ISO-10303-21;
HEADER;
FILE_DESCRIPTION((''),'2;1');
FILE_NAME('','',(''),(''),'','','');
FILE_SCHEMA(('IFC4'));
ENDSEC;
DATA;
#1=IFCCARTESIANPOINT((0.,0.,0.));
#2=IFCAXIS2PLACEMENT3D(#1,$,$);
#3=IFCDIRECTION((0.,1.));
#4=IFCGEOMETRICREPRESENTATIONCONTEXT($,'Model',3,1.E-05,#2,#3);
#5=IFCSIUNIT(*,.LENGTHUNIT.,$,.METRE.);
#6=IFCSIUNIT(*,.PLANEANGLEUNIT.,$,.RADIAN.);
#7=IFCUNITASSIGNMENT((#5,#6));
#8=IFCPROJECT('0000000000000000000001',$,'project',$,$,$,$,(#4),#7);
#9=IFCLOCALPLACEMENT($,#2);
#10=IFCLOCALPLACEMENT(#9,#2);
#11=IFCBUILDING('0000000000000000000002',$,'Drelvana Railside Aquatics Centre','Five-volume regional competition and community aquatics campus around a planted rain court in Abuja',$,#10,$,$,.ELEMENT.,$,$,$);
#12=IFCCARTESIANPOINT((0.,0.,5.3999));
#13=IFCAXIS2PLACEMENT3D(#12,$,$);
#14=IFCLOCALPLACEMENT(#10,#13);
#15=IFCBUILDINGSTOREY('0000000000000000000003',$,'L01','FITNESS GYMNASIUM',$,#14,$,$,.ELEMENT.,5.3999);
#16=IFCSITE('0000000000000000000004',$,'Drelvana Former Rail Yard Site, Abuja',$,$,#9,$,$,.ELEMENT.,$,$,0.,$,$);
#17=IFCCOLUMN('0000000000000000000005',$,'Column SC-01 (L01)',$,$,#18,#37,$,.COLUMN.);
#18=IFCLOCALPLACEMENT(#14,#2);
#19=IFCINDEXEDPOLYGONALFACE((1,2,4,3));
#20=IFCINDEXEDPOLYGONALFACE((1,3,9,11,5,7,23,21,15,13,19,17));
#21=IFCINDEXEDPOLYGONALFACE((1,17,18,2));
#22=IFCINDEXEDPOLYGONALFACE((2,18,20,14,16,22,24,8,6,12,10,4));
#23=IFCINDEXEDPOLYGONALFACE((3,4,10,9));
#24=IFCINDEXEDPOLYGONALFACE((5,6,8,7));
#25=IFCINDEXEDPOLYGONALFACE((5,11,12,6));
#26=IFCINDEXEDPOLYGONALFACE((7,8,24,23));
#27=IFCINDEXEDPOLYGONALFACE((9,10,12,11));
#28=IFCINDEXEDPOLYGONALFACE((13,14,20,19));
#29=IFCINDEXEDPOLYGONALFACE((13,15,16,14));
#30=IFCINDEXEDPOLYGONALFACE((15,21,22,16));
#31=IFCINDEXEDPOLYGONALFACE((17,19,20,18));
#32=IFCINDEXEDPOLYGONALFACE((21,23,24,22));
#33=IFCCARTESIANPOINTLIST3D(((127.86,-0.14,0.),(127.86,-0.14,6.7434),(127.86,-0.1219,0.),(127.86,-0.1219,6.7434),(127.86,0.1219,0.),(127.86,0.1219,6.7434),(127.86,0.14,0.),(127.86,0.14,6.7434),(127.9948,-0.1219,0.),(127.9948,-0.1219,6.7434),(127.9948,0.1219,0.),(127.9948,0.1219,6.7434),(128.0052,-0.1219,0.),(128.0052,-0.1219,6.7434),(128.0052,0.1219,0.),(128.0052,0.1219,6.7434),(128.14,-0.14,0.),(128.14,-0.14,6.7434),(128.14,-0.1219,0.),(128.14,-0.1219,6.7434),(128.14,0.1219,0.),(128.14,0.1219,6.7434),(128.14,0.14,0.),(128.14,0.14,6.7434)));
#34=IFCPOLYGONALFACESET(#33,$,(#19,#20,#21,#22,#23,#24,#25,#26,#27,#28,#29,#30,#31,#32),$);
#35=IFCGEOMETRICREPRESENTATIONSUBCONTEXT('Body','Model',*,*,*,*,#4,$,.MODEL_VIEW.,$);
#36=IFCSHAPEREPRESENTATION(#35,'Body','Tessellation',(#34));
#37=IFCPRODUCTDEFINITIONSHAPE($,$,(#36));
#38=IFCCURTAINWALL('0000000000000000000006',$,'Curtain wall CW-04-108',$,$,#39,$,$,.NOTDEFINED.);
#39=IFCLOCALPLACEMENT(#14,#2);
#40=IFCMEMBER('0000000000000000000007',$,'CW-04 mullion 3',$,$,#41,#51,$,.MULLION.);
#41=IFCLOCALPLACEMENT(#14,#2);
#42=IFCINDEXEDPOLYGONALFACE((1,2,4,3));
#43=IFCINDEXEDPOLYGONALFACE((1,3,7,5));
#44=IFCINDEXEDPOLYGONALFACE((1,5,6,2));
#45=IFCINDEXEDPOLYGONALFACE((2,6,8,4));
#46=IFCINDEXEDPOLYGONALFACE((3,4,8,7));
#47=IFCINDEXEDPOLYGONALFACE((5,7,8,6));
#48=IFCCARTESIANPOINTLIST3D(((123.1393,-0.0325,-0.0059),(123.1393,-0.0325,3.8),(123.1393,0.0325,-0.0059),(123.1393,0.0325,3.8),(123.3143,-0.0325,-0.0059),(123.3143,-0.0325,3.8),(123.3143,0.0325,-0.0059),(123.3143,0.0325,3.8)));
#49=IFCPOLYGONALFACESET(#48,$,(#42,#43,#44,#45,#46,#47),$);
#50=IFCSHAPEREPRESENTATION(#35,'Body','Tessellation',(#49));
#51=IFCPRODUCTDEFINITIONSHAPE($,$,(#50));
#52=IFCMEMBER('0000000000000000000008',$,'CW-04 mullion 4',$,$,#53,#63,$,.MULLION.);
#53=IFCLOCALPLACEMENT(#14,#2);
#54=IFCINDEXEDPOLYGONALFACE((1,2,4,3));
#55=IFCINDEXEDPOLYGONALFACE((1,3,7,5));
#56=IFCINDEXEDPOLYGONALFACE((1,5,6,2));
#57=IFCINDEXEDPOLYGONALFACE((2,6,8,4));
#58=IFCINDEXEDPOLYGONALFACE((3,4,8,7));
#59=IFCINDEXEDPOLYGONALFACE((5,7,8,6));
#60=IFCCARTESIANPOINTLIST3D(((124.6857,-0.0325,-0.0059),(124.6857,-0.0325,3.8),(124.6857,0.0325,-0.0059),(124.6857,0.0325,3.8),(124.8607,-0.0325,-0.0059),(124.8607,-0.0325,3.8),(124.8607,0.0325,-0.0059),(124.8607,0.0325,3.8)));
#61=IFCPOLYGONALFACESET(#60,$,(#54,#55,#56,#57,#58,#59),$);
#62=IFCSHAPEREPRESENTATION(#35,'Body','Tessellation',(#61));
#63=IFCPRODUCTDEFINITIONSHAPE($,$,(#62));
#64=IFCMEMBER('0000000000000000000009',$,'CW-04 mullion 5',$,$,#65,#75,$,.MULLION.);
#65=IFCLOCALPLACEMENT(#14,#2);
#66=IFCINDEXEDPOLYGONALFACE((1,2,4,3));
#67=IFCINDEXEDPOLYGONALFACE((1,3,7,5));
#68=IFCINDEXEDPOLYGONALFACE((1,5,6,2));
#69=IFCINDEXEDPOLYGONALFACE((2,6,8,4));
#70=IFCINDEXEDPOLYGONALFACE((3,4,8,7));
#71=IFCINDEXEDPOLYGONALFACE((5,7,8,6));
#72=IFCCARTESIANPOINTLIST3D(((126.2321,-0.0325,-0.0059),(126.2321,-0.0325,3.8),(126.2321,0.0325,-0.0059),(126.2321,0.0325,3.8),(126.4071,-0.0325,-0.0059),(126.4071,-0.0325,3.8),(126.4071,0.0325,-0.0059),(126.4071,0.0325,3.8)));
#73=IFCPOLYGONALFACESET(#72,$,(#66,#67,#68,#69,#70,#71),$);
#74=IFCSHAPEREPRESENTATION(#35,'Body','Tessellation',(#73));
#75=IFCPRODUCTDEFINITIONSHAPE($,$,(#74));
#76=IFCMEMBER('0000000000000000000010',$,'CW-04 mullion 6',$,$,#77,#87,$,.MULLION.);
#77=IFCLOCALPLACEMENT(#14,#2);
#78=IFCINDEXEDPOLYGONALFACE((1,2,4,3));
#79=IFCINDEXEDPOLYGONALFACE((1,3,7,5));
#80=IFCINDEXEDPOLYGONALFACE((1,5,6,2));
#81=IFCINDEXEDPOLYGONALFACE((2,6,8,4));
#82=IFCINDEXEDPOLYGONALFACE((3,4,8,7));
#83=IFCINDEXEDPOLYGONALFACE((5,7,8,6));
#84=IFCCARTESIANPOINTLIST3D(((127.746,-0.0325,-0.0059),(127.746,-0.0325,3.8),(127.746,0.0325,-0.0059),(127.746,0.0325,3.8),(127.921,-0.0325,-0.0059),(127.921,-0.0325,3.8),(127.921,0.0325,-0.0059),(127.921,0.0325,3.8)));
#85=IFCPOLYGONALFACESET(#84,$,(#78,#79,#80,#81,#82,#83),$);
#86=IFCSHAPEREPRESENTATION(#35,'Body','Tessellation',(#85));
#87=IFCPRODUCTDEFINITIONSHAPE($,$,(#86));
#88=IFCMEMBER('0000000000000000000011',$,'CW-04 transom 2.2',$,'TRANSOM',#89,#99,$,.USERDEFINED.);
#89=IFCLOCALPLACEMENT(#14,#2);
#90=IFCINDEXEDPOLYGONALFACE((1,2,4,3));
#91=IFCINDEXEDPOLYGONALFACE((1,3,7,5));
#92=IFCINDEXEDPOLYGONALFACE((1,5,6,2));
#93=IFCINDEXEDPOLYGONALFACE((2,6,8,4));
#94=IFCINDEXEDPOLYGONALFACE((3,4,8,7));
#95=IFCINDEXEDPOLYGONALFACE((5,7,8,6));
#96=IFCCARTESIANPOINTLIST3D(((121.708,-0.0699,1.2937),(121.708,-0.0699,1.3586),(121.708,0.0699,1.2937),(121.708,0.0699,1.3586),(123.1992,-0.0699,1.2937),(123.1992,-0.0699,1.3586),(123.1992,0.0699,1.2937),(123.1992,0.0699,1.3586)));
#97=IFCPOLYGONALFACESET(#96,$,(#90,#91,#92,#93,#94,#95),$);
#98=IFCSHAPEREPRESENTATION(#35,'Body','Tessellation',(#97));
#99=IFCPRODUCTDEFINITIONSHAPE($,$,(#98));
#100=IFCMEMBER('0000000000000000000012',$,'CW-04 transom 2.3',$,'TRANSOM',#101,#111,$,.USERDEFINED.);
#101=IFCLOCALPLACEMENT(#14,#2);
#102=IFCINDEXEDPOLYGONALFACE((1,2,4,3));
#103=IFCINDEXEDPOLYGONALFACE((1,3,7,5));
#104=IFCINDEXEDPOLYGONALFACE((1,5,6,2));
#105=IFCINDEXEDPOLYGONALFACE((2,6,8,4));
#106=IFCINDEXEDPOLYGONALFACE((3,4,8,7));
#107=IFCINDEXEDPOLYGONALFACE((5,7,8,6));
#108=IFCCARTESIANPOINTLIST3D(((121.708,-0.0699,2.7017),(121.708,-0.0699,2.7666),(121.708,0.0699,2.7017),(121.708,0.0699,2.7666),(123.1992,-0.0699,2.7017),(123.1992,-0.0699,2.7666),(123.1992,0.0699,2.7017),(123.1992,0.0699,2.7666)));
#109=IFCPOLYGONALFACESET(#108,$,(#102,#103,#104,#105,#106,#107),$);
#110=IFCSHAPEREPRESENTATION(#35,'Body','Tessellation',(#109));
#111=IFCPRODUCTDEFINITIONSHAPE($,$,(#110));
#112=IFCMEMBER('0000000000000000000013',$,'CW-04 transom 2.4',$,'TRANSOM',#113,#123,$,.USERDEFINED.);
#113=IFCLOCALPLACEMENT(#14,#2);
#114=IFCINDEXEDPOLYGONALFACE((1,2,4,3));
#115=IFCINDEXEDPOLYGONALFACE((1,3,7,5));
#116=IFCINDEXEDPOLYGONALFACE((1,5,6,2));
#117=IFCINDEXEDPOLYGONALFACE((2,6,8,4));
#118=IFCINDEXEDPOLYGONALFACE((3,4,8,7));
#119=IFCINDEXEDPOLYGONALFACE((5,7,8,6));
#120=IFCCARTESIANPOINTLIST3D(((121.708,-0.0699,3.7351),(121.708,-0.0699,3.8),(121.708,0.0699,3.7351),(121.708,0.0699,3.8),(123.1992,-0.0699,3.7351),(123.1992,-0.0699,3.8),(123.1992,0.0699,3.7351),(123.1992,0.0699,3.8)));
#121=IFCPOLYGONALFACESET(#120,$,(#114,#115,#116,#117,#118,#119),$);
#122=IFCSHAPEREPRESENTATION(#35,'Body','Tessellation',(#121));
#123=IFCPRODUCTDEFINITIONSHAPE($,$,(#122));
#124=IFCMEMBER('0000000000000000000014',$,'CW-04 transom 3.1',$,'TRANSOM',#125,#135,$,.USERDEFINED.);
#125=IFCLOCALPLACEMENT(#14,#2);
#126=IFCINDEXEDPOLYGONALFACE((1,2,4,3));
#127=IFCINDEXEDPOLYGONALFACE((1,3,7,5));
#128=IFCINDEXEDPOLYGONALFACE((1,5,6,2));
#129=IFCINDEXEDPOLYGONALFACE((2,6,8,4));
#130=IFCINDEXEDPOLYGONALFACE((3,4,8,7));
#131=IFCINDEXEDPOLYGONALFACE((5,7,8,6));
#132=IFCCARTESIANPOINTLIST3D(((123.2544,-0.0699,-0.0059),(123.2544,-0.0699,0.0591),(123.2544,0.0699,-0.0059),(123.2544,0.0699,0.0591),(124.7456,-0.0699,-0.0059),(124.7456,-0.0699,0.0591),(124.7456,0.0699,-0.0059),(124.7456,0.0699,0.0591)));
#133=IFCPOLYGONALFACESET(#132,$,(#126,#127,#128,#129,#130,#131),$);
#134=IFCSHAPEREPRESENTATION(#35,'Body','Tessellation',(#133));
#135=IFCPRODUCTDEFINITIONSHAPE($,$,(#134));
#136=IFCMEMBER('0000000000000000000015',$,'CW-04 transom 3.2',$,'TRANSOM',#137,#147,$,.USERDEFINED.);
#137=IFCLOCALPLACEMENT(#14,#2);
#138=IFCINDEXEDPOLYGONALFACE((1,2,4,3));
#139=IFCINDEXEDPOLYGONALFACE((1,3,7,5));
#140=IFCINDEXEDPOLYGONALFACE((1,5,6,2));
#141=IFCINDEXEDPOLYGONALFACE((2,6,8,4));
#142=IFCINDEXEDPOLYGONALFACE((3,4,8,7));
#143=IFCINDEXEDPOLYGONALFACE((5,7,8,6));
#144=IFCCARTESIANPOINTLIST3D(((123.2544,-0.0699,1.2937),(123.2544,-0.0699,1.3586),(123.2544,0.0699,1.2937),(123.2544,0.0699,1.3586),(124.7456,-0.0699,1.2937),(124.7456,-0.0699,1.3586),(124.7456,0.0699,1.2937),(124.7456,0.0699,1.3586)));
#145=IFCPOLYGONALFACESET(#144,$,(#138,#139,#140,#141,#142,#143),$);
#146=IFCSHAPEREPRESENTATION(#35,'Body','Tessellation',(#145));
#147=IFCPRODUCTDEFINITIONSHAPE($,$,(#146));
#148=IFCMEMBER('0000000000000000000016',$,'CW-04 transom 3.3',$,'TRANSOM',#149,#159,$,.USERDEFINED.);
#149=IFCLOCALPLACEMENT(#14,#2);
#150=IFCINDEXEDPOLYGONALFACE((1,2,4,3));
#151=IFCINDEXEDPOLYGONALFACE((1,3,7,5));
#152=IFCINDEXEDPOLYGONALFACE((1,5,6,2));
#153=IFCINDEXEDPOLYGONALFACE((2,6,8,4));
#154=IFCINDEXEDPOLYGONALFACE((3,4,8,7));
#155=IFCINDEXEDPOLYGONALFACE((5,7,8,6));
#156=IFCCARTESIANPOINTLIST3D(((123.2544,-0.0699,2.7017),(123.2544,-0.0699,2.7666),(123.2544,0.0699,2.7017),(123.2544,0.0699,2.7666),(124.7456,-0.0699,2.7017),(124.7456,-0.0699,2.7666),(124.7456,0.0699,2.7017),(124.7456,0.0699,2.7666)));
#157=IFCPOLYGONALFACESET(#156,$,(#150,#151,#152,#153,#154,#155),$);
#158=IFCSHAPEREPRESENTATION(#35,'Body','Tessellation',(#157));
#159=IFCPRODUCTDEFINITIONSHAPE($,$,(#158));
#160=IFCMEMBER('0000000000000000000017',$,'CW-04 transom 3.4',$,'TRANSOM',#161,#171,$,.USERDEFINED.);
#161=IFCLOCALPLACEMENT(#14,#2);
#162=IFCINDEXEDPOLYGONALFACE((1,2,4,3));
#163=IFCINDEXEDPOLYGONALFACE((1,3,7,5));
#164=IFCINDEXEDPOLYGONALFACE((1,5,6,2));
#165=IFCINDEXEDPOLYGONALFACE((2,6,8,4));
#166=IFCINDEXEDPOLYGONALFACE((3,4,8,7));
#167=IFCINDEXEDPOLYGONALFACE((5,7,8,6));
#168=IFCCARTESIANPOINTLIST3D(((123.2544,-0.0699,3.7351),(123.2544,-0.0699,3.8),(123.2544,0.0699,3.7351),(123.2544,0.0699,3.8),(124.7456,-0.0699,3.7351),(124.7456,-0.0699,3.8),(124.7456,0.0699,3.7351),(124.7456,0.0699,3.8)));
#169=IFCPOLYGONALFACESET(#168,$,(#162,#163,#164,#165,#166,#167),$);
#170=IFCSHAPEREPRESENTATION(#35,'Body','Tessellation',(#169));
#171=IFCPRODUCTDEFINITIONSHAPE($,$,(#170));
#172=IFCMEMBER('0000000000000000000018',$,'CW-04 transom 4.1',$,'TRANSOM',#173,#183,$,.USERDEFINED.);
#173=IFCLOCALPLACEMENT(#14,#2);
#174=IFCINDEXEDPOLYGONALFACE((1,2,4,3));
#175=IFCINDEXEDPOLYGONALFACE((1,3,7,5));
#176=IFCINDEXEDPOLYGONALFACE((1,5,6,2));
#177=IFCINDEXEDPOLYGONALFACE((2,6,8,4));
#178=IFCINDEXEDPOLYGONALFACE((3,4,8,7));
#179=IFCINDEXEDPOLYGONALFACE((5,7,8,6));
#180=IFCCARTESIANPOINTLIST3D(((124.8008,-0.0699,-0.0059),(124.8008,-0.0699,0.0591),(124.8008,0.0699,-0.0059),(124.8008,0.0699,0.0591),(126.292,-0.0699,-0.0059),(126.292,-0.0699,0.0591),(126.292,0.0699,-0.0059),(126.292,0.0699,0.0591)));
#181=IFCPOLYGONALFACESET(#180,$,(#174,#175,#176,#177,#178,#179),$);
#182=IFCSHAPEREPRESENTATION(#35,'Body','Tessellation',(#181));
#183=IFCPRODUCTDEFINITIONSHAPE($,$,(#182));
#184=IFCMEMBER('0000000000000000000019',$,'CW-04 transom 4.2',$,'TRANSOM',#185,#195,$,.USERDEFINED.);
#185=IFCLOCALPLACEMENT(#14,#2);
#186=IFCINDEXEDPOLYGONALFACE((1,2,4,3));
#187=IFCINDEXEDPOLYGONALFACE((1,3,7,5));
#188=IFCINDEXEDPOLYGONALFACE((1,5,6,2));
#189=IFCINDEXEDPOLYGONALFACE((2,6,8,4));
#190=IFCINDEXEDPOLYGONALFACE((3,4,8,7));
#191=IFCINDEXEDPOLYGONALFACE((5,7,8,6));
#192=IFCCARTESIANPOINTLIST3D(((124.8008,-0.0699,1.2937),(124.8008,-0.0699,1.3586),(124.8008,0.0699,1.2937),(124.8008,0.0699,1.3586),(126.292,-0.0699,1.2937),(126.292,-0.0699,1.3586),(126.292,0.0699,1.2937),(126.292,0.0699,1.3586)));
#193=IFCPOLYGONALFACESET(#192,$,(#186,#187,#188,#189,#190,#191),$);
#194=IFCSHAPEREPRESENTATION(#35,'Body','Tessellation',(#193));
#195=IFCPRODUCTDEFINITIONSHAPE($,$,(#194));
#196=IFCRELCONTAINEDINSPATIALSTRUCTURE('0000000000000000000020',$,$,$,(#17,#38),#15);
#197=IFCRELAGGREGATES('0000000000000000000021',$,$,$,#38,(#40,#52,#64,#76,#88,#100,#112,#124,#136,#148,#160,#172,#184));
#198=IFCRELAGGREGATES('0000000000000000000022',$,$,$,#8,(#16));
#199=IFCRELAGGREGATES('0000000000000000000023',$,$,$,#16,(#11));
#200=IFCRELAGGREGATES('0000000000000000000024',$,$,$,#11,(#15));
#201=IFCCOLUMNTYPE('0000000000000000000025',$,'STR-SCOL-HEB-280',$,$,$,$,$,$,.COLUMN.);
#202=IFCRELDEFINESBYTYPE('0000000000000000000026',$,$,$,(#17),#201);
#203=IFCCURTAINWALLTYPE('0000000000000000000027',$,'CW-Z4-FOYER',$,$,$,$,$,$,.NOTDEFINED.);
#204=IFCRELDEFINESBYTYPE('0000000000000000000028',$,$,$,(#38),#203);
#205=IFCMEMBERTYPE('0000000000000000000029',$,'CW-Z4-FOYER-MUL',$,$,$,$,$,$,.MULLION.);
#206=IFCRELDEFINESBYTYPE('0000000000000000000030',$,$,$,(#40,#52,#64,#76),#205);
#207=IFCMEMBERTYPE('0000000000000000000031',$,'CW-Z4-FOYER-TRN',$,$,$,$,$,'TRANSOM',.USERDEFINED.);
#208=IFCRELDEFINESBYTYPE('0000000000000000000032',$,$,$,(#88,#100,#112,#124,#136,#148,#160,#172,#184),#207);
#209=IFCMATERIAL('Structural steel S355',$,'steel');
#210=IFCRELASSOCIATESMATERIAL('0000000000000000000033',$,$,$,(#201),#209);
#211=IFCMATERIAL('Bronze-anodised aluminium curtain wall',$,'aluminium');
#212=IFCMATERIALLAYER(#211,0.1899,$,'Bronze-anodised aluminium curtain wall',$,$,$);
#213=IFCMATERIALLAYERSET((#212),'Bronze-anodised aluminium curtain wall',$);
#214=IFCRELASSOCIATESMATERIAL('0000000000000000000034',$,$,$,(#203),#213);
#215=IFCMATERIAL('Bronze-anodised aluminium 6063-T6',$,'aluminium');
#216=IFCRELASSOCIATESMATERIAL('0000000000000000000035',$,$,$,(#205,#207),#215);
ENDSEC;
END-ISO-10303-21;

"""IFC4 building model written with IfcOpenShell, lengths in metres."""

from ifc_helpers import new_model, si_unit, direction, frame, origin, origin_2d, place, context, subcontext, project, spatial, rectangle, i_section, extrude, material, layer, layer_set, material_profile, profile_set, type_object, element, aggregate, save


model = new_model("IFC4")

# Units and contexts
model_context = context("Model", 3, precision=1e-05, world=origin(), true_north=direction((0.0, 1.0)))
body_context = subcontext(model_context, "Body", "Model", "MODEL_VIEW")
ifc_project = project(units=[si_unit("LENGTHUNIT", "METRE"), si_unit("PLANEANGLEUNIT", "RADIAN")], contexts=[model_context])

# Site, building, storey
site_placement = place(None, origin())
site = spatial("IfcSite", under=ifc_project, at=site_placement, Name="Drelvana Former Rail Yard Site, Abuja", CompositionType="ELEMENT", RefElevation=0.0)
building_placement = place(site_placement, origin())
building = spatial("IfcBuilding", under=site, at=building_placement, Name="Drelvana Railside Aquatics Centre", Description="Five-volume regional competition and community aquatics campus around a planted rain court in Abuja", CompositionType="ELEMENT")
storey_placement = place(building_placement, frame((0.0, 0.0, 5.3999)))
storey = spatial("IfcBuildingStorey", under=building, at=storey_placement, Name="L01", Description="FITNESS GYMNASIUM", CompositionType="ELEMENT", Elevation=5.3999)

# Column
ifc_material_1 = material(Name="Structural steel S355", Category="steel")
ifc_material_profile_1 = material_profile(ifc_material_1, i_section(OverallWidth=0.28, OverallDepth=0.28, WebThickness=0.0105, FlangeThickness=0.0181, at=origin_2d()), Name="HEB 280")
ifc_profile_set_1 = profile_set([ifc_material_profile_1], Name="Structural steel S355")
column_type = type_object("IfcColumnType", Name="STR-SCOL-HEB-280", PredefinedType="COLUMN", material=ifc_profile_set_1)
column_placement = place(storey_placement, frame((128.0, 0.0, 0.0), z_axis=(0.0, 0.0, 1.0), x_axis=(1.0, 0.0, 0.0)))
element("IfcColumn", 1, at=column_placement, inside=storey, type_object=column_type, Name="Column SC-01 (L01)", PredefinedType="COLUMN", context=body_context, shape_type="SweptSolid", body=[
    extrude(i_section(OverallWidth=0.28, OverallDepth=0.28, WebThickness=0.0105, FlangeThickness=0.0181, at=origin_2d()), origin(), (0.0, 0.0, 1.0), 6.7434),
])

# Curtain wall, members
ifc_material_2 = material(Name="Bronze-anodised aluminium curtain wall", Category="aluminium")
ifc_layer_1 = layer(ifc_material_2, 0.1899, Name="Bronze-anodised aluminium curtain wall")
ifc_layer_set_1 = layer_set([ifc_layer_1], Name="Bronze-anodised aluminium curtain wall")
curtain_wall_type = type_object("IfcCurtainWallType", Name="CW-Z4-FOYER", PredefinedType="NOTDEFINED", material=ifc_layer_set_1)
curtain_wall_placement = place(storey_placement, origin())
curtain_wall = element("IfcCurtainWall", 2, at=curtain_wall_placement, inside=storey, type_object=curtain_wall_type, Name="Curtain wall CW-04-108", PredefinedType="NOTDEFINED")
ifc_material_3 = material(Name="Bronze-anodised aluminium 6063-T6", Category="aluminium")
ifc_material_profile_2 = material_profile(ifc_material_3, rectangle(XDim=0.0649, YDim=0.175, at=origin_2d()), Name="ALU-M 65x175")
ifc_profile_set_2 = profile_set([ifc_material_profile_2], Name="Bronze-anodised aluminium 6063-T6")
member_type_1 = type_object("IfcMemberType", Name="CW-Z4-FOYER-MUL", PredefinedType="MULLION", material=ifc_profile_set_2)
member_1_placement = place(storey_placement, frame((123.2268, 0.0, -0.0059), z_axis=(0.0, 0.0, 1.0), x_axis=(0.0, 1.0, 0.0)))
member_1 = element("IfcMember", 3, at=member_1_placement, type_object=member_type_1, Name="CW-04 mullion 3", PredefinedType="MULLION", context=body_context, shape_type="SweptSolid", body=[
    extrude(rectangle(XDim=0.0649, YDim=0.175, at=origin_2d()), origin(), (0.0, 0.0, 1.0), 3.8059),
])
member_2_placement = place(storey_placement, frame((124.7732, 0.0, -0.0059), z_axis=(0.0, 0.0, 1.0), x_axis=(0.0, 1.0, 0.0)))
member_2 = element("IfcMember", 4, at=member_2_placement, type_object=member_type_1, Name="CW-04 mullion 4", PredefinedType="MULLION", context=body_context, shape_type="SweptSolid", body=[
    extrude(rectangle(XDim=0.0649, YDim=0.175, at=origin_2d()), origin(), (0.0, 0.0, 1.0), 3.8059),
])
member_3_placement = place(storey_placement, frame((126.3196, 0.0, -0.0059), z_axis=(0.0, 0.0, 1.0), x_axis=(0.0, 1.0, 0.0)))
member_3 = element("IfcMember", 5, at=member_3_placement, type_object=member_type_1, Name="CW-04 mullion 5", PredefinedType="MULLION", context=body_context, shape_type="SweptSolid", body=[
    extrude(rectangle(XDim=0.0649, YDim=0.175, at=origin_2d()), origin(), (0.0, 0.0, 1.0), 3.8059),
])
member_4_placement = place(storey_placement, frame((127.8335, 0.0, -0.0059), z_axis=(0.0, 0.0, 1.0), x_axis=(0.0, 1.0, 0.0)))
member_4 = element("IfcMember", 6, at=member_4_placement, type_object=member_type_1, Name="CW-04 mullion 6", PredefinedType="MULLION", context=body_context, shape_type="SweptSolid", body=[
    extrude(rectangle(XDim=0.0649, YDim=0.175, at=origin_2d()), origin(), (0.0, 0.0, 1.0), 3.8059),
])
ifc_material_profile_3 = material_profile(ifc_material_3, rectangle(XDim=0.1399, YDim=0.0649, at=origin_2d()), Name="ALU-T 65x140")
ifc_profile_set_3 = profile_set([ifc_material_profile_3], Name="Bronze-anodised aluminium 6063-T6")
member_type_2 = type_object("IfcMemberType", Name="CW-Z4-FOYER-TRN", ElementType="TRANSOM", PredefinedType="USERDEFINED", material=ifc_profile_set_3)
member_5_placement = place(storey_placement, frame((121.708, 0.0, 1.3262), z_axis=(1.0, 0.0, 0.0), x_axis=(0.0, 1.0, 0.0)))
member_5 = element("IfcMember", 7, at=member_5_placement, type_object=member_type_2, Name="CW-04 transom 2.2", ObjectType="TRANSOM", PredefinedType="USERDEFINED", context=body_context, shape_type="SweptSolid", body=[
    extrude(rectangle(XDim=0.1399, YDim=0.0649, at=origin_2d()), origin(), (0.0, 0.0, 1.0), 1.4912),
])
member_6_placement = place(storey_placement, frame((121.708, 0.0, 2.7341), z_axis=(1.0, 0.0, 0.0), x_axis=(0.0, 1.0, 0.0)))
member_6 = element("IfcMember", 8, at=member_6_placement, type_object=member_type_2, Name="CW-04 transom 2.3", ObjectType="TRANSOM", PredefinedType="USERDEFINED", context=body_context, shape_type="SweptSolid", body=[
    extrude(rectangle(XDim=0.1399, YDim=0.0649, at=origin_2d()), origin(), (0.0, 0.0, 1.0), 1.4912),
])
member_7_placement = place(storey_placement, frame((121.708, 0.0, 3.7676), z_axis=(1.0, 0.0, 0.0), x_axis=(0.0, 1.0, 0.0)))
member_7 = element("IfcMember", 9, at=member_7_placement, type_object=member_type_2, Name="CW-04 transom 2.4", ObjectType="TRANSOM", PredefinedType="USERDEFINED", context=body_context, shape_type="SweptSolid", body=[
    extrude(rectangle(XDim=0.1399, YDim=0.0649, at=origin_2d()), origin(), (0.0, 0.0, 1.0), 1.4912),
])
member_8_placement = place(storey_placement, frame((123.2544, 0.0, 0.0266), z_axis=(1.0, 0.0, 0.0), x_axis=(0.0, 1.0, 0.0)))
member_8 = element("IfcMember", 10, at=member_8_placement, type_object=member_type_2, Name="CW-04 transom 3.1", ObjectType="TRANSOM", PredefinedType="USERDEFINED", context=body_context, shape_type="SweptSolid", body=[
    extrude(rectangle(XDim=0.1399, YDim=0.0649, at=origin_2d()), origin(), (0.0, 0.0, 1.0), 1.4912),
])
member_9_placement = place(storey_placement, frame((123.2544, 0.0, 1.3262), z_axis=(1.0, 0.0, 0.0), x_axis=(0.0, 1.0, 0.0)))
member_9 = element("IfcMember", 11, at=member_9_placement, type_object=member_type_2, Name="CW-04 transom 3.2", ObjectType="TRANSOM", PredefinedType="USERDEFINED", context=body_context, shape_type="SweptSolid", body=[
    extrude(rectangle(XDim=0.1399, YDim=0.0649, at=origin_2d()), origin(), (0.0, 0.0, 1.0), 1.4912),
])
member_10_placement = place(storey_placement, frame((123.2544, 0.0, 2.7341), z_axis=(1.0, 0.0, 0.0), x_axis=(0.0, 1.0, 0.0)))
member_10 = element("IfcMember", 12, at=member_10_placement, type_object=member_type_2, Name="CW-04 transom 3.3", ObjectType="TRANSOM", PredefinedType="USERDEFINED", context=body_context, shape_type="SweptSolid", body=[
    extrude(rectangle(XDim=0.1399, YDim=0.0649, at=origin_2d()), origin(), (0.0, 0.0, 1.0), 1.4912),
])
member_11_placement = place(storey_placement, frame((123.2544, 0.0, 3.7676), z_axis=(1.0, 0.0, 0.0), x_axis=(0.0, 1.0, 0.0)))
member_11 = element("IfcMember", 13, at=member_11_placement, type_object=member_type_2, Name="CW-04 transom 3.4", ObjectType="TRANSOM", PredefinedType="USERDEFINED", context=body_context, shape_type="SweptSolid", body=[
    extrude(rectangle(XDim=0.1399, YDim=0.0649, at=origin_2d()), origin(), (0.0, 0.0, 1.0), 1.4912),
])
member_12_placement = place(storey_placement, frame((124.8008, 0.0, 0.0266), z_axis=(1.0, 0.0, 0.0), x_axis=(0.0, 1.0, 0.0)))
member_12 = element("IfcMember", 14, at=member_12_placement, type_object=member_type_2, Name="CW-04 transom 4.1", ObjectType="TRANSOM", PredefinedType="USERDEFINED", context=body_context, shape_type="SweptSolid", body=[
    extrude(rectangle(XDim=0.1399, YDim=0.0649, at=origin_2d()), origin(), (0.0, 0.0, 1.0), 1.4912),
])
member_13_placement = place(storey_placement, frame((124.8008, 0.0, 1.3262), z_axis=(1.0, 0.0, 0.0), x_axis=(0.0, 1.0, 0.0)))
member_13 = element("IfcMember", 15, at=member_13_placement, type_object=member_type_2, Name="CW-04 transom 4.2", ObjectType="TRANSOM", PredefinedType="USERDEFINED", context=body_context, shape_type="SweptSolid", body=[
    extrude(rectangle(XDim=0.1399, YDim=0.0649, at=origin_2d()), origin(), (0.0, 0.0, 1.0), 1.4912),
])

aggregate(curtain_wall, [member_1, member_2, member_3, member_4, member_5, member_6, member_7, member_8, member_9, member_10, member_11, member_12, member_13])

save(model, "model.ifc")
